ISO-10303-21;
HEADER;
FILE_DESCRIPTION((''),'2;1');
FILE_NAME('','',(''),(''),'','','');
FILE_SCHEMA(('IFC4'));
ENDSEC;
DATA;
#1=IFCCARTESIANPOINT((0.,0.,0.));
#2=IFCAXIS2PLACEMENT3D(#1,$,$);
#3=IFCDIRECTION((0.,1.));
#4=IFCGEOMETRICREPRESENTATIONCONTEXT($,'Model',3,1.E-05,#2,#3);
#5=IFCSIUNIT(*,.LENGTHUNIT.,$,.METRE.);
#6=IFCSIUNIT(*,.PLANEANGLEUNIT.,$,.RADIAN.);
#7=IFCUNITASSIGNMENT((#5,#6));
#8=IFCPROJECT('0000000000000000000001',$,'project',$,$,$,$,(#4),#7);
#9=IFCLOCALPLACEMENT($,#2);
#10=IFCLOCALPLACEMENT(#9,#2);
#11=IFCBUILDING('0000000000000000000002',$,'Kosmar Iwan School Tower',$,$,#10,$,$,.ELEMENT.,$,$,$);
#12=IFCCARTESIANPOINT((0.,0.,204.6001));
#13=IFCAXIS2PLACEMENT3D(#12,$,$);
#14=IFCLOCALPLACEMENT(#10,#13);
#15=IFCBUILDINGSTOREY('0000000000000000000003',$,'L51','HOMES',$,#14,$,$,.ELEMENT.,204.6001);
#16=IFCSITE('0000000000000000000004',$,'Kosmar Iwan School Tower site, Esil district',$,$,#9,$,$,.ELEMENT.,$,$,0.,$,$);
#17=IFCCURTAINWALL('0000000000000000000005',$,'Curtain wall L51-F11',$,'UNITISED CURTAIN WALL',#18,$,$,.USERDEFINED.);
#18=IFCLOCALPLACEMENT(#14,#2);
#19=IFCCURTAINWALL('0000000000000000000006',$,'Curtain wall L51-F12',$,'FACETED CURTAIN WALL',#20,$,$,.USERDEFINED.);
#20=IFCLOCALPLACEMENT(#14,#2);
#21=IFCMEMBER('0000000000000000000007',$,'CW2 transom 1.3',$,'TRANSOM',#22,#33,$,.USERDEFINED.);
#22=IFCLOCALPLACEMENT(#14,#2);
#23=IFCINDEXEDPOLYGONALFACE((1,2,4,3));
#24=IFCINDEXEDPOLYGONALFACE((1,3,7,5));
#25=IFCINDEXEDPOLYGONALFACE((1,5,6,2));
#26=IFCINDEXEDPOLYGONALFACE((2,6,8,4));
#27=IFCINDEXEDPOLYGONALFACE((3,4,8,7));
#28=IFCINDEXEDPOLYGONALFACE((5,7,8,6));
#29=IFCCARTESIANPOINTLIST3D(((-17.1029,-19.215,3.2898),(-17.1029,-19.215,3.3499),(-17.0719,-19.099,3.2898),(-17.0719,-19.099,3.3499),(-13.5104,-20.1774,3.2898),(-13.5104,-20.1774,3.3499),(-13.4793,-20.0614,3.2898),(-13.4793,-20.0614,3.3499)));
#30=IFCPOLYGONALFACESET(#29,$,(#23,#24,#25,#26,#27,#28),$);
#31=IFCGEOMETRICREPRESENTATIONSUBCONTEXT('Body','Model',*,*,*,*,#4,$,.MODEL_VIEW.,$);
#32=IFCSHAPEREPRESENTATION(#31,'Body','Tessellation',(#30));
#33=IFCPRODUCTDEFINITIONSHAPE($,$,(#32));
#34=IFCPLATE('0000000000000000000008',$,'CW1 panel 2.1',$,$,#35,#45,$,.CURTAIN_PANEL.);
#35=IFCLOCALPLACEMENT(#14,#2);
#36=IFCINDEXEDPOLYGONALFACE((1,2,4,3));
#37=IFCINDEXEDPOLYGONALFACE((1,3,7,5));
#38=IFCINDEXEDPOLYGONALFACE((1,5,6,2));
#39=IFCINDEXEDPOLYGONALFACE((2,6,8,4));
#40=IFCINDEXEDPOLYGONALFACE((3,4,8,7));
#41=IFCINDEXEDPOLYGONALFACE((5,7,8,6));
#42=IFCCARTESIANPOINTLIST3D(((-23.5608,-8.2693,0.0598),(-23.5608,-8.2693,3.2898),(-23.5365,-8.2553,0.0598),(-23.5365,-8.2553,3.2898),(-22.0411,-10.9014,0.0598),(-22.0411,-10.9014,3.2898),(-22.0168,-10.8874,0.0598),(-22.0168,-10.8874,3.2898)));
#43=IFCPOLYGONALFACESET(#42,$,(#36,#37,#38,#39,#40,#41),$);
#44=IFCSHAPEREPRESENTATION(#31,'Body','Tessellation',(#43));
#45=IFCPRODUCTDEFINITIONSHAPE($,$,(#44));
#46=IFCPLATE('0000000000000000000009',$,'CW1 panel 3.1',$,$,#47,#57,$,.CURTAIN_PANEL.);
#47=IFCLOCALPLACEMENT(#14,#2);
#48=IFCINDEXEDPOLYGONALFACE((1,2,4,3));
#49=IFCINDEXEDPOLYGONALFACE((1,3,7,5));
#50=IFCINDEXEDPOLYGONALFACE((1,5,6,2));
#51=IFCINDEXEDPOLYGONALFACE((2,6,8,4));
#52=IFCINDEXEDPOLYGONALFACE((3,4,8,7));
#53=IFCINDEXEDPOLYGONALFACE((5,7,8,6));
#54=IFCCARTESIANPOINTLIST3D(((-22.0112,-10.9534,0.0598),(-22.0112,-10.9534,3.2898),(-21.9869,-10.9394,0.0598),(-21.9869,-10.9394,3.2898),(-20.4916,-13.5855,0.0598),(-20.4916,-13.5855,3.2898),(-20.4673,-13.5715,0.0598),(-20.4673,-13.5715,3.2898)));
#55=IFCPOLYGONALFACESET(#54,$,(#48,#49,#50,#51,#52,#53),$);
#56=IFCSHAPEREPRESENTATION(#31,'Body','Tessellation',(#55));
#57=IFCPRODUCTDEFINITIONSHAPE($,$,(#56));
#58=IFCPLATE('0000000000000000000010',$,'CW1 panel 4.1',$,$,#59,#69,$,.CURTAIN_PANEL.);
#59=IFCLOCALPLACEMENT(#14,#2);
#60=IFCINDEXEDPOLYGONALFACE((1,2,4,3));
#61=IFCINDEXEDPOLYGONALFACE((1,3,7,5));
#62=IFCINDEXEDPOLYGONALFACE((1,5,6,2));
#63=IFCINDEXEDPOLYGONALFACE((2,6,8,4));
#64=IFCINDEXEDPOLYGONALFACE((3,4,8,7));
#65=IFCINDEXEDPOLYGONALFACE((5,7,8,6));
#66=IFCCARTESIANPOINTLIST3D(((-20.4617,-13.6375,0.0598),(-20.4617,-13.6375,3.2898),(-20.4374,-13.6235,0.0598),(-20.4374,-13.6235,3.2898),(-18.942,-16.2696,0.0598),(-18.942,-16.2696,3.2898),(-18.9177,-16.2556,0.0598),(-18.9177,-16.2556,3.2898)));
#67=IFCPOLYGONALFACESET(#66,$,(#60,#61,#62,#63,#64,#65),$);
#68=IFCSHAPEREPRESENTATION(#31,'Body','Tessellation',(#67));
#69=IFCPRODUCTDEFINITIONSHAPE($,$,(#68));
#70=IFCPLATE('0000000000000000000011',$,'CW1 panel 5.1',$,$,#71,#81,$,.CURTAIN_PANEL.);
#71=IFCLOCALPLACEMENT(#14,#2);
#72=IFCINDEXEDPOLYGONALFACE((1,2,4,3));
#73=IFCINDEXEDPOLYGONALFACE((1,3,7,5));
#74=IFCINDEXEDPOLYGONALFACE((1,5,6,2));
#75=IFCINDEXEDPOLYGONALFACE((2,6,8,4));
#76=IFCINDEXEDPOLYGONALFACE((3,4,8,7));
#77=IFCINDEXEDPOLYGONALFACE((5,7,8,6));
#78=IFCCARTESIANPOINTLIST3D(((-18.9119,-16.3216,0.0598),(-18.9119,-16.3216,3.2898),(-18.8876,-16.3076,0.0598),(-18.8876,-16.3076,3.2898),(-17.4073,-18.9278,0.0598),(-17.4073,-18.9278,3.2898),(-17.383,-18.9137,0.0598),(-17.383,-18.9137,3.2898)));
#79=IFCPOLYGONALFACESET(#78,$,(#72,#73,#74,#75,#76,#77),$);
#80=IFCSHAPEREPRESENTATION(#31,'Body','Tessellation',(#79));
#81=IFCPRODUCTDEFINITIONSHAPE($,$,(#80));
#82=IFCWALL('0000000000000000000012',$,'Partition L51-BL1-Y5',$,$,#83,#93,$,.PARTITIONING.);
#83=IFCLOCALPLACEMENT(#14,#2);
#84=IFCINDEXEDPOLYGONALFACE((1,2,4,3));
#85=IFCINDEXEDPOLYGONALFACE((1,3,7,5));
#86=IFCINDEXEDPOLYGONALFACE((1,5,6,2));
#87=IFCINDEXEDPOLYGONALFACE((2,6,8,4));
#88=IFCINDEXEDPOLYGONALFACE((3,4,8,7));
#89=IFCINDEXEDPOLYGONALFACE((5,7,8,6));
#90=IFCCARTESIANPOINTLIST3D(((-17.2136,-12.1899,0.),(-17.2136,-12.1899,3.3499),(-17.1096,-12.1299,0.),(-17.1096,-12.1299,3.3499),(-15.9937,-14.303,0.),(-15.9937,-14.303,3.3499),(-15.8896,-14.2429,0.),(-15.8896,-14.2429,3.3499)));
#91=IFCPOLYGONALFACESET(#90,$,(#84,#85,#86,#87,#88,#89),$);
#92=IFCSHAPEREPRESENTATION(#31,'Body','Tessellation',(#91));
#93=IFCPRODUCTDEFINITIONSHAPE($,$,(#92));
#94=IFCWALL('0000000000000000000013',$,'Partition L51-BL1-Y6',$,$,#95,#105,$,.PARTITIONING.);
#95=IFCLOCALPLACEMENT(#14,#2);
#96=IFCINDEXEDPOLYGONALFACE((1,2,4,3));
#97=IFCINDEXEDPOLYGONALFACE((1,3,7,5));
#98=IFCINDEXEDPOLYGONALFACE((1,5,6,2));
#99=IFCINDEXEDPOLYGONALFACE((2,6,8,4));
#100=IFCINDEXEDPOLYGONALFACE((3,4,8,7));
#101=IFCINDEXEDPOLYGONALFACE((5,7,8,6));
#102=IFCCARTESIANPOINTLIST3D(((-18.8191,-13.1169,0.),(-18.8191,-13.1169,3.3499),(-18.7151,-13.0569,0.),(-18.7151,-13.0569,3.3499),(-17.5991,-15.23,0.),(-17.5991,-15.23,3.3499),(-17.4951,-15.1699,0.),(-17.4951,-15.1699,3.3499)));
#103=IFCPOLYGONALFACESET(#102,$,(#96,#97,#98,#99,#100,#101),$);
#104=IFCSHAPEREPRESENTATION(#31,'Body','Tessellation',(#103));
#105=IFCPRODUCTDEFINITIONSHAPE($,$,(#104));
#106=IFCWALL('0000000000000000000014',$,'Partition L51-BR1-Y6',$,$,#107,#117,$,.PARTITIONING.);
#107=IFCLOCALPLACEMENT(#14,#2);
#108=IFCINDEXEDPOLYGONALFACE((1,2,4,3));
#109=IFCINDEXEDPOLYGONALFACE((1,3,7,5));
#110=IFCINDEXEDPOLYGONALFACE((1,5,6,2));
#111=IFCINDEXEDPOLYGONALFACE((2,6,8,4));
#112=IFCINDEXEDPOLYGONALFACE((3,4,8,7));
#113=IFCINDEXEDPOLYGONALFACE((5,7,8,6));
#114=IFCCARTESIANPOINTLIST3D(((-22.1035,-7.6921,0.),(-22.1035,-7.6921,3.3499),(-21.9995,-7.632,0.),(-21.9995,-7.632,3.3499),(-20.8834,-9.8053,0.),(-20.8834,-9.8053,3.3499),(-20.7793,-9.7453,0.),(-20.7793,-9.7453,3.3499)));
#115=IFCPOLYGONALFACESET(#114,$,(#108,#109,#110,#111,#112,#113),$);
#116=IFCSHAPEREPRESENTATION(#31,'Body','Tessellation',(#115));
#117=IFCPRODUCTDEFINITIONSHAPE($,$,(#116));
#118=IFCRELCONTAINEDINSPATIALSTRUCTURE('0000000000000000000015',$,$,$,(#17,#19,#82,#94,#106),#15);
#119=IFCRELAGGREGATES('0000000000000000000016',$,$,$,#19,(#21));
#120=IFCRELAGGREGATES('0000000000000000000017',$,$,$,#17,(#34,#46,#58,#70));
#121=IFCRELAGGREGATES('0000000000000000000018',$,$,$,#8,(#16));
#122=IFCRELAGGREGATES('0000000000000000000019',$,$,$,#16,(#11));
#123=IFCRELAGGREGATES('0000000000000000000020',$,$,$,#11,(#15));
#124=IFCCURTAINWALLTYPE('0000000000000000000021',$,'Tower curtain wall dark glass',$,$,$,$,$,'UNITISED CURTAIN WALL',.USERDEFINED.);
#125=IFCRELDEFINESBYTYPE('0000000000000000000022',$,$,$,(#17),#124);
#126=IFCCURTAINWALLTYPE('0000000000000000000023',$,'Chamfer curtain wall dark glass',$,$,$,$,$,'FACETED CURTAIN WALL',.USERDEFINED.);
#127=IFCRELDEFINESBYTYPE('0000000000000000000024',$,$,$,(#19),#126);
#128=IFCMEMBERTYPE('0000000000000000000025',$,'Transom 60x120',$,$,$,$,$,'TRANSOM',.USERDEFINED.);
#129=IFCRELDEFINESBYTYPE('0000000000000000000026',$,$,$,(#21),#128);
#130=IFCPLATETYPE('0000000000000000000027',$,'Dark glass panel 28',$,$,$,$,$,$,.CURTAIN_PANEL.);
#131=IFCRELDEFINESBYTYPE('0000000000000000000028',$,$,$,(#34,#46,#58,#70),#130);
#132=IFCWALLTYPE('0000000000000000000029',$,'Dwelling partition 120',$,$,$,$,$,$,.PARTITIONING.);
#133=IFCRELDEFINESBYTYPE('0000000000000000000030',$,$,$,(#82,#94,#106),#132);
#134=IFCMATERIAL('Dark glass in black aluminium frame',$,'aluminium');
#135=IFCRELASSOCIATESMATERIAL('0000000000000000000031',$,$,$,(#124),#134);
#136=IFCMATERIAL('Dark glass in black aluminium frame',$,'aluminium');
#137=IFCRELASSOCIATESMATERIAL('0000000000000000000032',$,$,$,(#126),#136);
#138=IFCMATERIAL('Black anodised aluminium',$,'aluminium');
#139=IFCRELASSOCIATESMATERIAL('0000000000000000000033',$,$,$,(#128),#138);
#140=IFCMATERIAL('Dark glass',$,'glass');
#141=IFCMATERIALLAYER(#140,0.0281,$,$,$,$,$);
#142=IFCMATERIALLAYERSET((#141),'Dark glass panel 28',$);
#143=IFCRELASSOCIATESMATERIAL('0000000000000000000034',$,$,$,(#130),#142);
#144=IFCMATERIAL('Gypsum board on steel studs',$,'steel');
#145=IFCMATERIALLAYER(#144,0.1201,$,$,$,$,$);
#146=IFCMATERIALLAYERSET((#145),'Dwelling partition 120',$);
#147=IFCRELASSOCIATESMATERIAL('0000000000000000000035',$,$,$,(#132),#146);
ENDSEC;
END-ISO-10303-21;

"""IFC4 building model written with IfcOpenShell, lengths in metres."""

from ifc_helpers import new_model, si_unit, direction, frame, frame_2d, origin, origin_2d, place, context, subcontext, project, spatial, rectangle, extrude, material, layer, layer_set, material_profile, profile_set, type_object, element, aggregate, save


model = new_model("IFC4")

# Units and contexts
model_context = context("Model", 3, precision=1e-05, world=origin(), true_north=direction((0.0, 1.0)))
body_context = subcontext(model_context, "Body", "Model", "MODEL_VIEW")
ifc_project = project(units=[si_unit("LENGTHUNIT", "METRE"), si_unit("PLANEANGLEUNIT", "RADIAN")], contexts=[model_context])

# Site, building, storey
site_placement = place(None, origin())
site = spatial("IfcSite", under=ifc_project, at=site_placement, Name="Kosmar Iwan School Tower site, Esil district", CompositionType="ELEMENT", RefElevation=0.0)
building_placement = place(site_placement, origin())
building = spatial("IfcBuilding", under=site, at=building_placement, Name="Kosmar Iwan School Tower", CompositionType="ELEMENT")
storey_placement = place(building_placement, frame((0.0, 0.0, 204.6001)))
storey = spatial("IfcBuildingStorey", under=building, at=storey_placement, Name="L51", Description="HOMES", CompositionType="ELEMENT", Elevation=204.6001)

# Curtain wall
ifc_material_1 = material(Name="Dark glass in black aluminium frame", Category="aluminium")
curtain_wall_type_1 = type_object("IfcCurtainWallType", Name="Tower curtain wall dark glass", ElementType="UNITISED CURTAIN WALL", PredefinedType="USERDEFINED", material=ifc_material_1)
curtain_wall_1_placement = place(storey_placement, origin())
curtain_wall_1 = element("IfcCurtainWall", 1, at=curtain_wall_1_placement, inside=storey, type_object=curtain_wall_type_1, Name="Curtain wall L51-F11", ObjectType="UNITISED CURTAIN WALL", PredefinedType="USERDEFINED")

# Curtain wall
ifc_material_2 = material(Name="Dark glass in black aluminium frame", Category="aluminium")
curtain_wall_type_2 = type_object("IfcCurtainWallType", Name="Chamfer curtain wall dark glass", ElementType="FACETED CURTAIN WALL", PredefinedType="USERDEFINED", material=ifc_material_2)
curtain_wall_2_placement = place(storey_placement, origin())
curtain_wall_2 = element("IfcCurtainWall", 2, at=curtain_wall_2_placement, inside=storey, type_object=curtain_wall_type_2, Name="Curtain wall L51-F12", ObjectType="FACETED CURTAIN WALL", PredefinedType="USERDEFINED")

# Member
ifc_material_3 = material(Name="Black anodised aluminium", Category="aluminium")
ifc_material_profile_1 = material_profile(ifc_material_3, rectangle(XDim=0.1201, YDim=0.0601, at=origin_2d()), Name="TRANSOM 60x120")
ifc_profile_set_1 = profile_set([ifc_material_profile_1], Name="Black anodised aluminium")
member_type_1 = type_object("IfcMemberType", Name="Transom 60x120", ElementType="TRANSOM", PredefinedType="USERDEFINED", material=ifc_profile_set_1)
member_1_placement = place(storey_placement, frame((-17.0874, -19.157, 3.3198), z_axis=(0.96594, -0.258766, 0.0), x_axis=(0.258766, 0.96594, 0.0)))
member_1 = element("IfcMember", 3, at=member_1_placement, type_object=member_type_1, Name="CW2 transom 1.3", ObjectType="TRANSOM", PredefinedType="USERDEFINED", context=body_context, shape_type="SweptSolid", body=[
    extrude(rectangle(XDim=0.1201, YDim=0.0601, at=origin_2d()), origin(), (0.0, 0.0, 1.0), 3.7192),
])
aggregate(curtain_wall_2, [member_1])

# Plates
ifc_material_4 = material(Name="Dark glass", Category="glass")
ifc_layer_1 = layer(ifc_material_4, 0.0281)
ifc_layer_set_1 = layer_set([ifc_layer_1], Name="Dark glass panel 28")
plate_type = type_object("IfcPlateType", Name="Dark glass panel 28", PredefinedType="CURTAIN_PANEL", material=ifc_layer_set_1)
plate_1_placement = place(storey_placement, frame((-22.7888, -9.5784, 0.0598), z_axis=(0.0, 0.0, 1.0), x_axis=(0.5, -0.866025, 0.0)))
plate_1 = element("IfcPlate", 4, at=plate_1_placement, type_object=plate_type, Name="CW1 panel 2.1", PredefinedType="CURTAIN_PANEL", context=body_context, shape_type="SweptSolid", body=[
    extrude(rectangle(XDim=3.0393, YDim=0.0281, at=origin_2d()), origin(), (0.0, 0.0, 1.0), 3.23),
])
plate_2_placement = place(storey_placement, frame((-21.2393, -12.2625, 0.0598), z_axis=(0.0, 0.0, 1.0), x_axis=(0.5, -0.866025, 0.0)))
plate_2 = element("IfcPlate", 5, at=plate_2_placement, type_object=plate_type, Name="CW1 panel 3.1", PredefinedType="CURTAIN_PANEL", context=body_context, shape_type="SweptSolid", body=[
    extrude(rectangle(XDim=3.0393, YDim=0.0281, at=origin_2d()), origin(), (0.0, 0.0, 1.0), 3.23),
])
plate_3_placement = place(storey_placement, frame((-19.6897, -14.9465, 0.0598), z_axis=(0.0, 0.0, 1.0), x_axis=(0.5, -0.866025, 0.0)))
plate_3 = element("IfcPlate", 6, at=plate_3_placement, type_object=plate_type, Name="CW1 panel 4.1", PredefinedType="CURTAIN_PANEL", context=body_context, shape_type="SweptSolid", body=[
    extrude(rectangle(XDim=3.0393, YDim=0.0281, at=origin_2d()), origin(), (0.0, 0.0, 1.0), 3.23),
])
plate_4_placement = place(storey_placement, frame((-18.1475, -17.6177, 0.0598), z_axis=(0.0, 0.0, 1.0), x_axis=(0.5, -0.866025, 0.0)))
plate_4 = element("IfcPlate", 7, at=plate_4_placement, type_object=plate_type, Name="CW1 panel 5.1", PredefinedType="CURTAIN_PANEL", context=body_context, shape_type="SweptSolid", body=[
    extrude(rectangle(XDim=3.0093, YDim=0.0281, at=origin_2d()), origin(), (0.0, 0.0, 1.0), 3.23),
])
aggregate(curtain_wall_1, [plate_1, plate_2, plate_3, plate_4])

# Walls
ifc_material_5 = material(Name="Gypsum board on steel studs", Category="steel")
ifc_layer_2 = layer(ifc_material_5, 0.1201)
ifc_layer_set_2 = layer_set([ifc_layer_2], Name="Dwelling partition 120")
wall_type = type_object("IfcWallType", Name="Dwelling partition 120", PredefinedType="PARTITIONING", material=ifc_layer_set_2)
for number, where, z_axis, x_axis, name in (
    (8, (-17.1616, -12.1599, 0.0), (0.0, 0.0, 1.0), (0.500003, -0.866024, 0.0), "Partition L51-BL1-Y5"),
    (9, (-18.7671, -13.0869, 0.0), (0.0, 0.0, 1.0), (0.500003, -0.866024, 0.0), "Partition L51-BL1-Y6"),
):
    element("IfcWall", number, at=place(storey_placement, frame(where, z_axis=z_axis, x_axis=x_axis)), inside=storey, type_object=wall_type, Name=name, PredefinedType="PARTITIONING", context=body_context, shape_type="SweptSolid", body=[
        extrude(rectangle(XDim=2.4399, YDim=0.1201, at=frame_2d((1.22, 0.0))), origin(), (0.0, 0.0, 1.0), 3.3499),
    ])
wall_placement = place(storey_placement, frame((-20.8313, -9.7754, 0.0), z_axis=(0.0, 0.0, 1.0), x_axis=(-0.500034, 0.866006, 0.0)))
element("IfcWall", 10, at=wall_placement, inside=storey, type_object=wall_type, Name="Partition L51-BR1-Y6", PredefinedType="PARTITIONING", context=body_context, shape_type="SweptSolid", body=[
    extrude(rectangle(XDim=2.4402, YDim=0.1201, at=frame_2d((1.2202, 0.0))), origin(), (0.0, 0.0, 1.0), 3.3499),
])

save(model, "model.ifc")
